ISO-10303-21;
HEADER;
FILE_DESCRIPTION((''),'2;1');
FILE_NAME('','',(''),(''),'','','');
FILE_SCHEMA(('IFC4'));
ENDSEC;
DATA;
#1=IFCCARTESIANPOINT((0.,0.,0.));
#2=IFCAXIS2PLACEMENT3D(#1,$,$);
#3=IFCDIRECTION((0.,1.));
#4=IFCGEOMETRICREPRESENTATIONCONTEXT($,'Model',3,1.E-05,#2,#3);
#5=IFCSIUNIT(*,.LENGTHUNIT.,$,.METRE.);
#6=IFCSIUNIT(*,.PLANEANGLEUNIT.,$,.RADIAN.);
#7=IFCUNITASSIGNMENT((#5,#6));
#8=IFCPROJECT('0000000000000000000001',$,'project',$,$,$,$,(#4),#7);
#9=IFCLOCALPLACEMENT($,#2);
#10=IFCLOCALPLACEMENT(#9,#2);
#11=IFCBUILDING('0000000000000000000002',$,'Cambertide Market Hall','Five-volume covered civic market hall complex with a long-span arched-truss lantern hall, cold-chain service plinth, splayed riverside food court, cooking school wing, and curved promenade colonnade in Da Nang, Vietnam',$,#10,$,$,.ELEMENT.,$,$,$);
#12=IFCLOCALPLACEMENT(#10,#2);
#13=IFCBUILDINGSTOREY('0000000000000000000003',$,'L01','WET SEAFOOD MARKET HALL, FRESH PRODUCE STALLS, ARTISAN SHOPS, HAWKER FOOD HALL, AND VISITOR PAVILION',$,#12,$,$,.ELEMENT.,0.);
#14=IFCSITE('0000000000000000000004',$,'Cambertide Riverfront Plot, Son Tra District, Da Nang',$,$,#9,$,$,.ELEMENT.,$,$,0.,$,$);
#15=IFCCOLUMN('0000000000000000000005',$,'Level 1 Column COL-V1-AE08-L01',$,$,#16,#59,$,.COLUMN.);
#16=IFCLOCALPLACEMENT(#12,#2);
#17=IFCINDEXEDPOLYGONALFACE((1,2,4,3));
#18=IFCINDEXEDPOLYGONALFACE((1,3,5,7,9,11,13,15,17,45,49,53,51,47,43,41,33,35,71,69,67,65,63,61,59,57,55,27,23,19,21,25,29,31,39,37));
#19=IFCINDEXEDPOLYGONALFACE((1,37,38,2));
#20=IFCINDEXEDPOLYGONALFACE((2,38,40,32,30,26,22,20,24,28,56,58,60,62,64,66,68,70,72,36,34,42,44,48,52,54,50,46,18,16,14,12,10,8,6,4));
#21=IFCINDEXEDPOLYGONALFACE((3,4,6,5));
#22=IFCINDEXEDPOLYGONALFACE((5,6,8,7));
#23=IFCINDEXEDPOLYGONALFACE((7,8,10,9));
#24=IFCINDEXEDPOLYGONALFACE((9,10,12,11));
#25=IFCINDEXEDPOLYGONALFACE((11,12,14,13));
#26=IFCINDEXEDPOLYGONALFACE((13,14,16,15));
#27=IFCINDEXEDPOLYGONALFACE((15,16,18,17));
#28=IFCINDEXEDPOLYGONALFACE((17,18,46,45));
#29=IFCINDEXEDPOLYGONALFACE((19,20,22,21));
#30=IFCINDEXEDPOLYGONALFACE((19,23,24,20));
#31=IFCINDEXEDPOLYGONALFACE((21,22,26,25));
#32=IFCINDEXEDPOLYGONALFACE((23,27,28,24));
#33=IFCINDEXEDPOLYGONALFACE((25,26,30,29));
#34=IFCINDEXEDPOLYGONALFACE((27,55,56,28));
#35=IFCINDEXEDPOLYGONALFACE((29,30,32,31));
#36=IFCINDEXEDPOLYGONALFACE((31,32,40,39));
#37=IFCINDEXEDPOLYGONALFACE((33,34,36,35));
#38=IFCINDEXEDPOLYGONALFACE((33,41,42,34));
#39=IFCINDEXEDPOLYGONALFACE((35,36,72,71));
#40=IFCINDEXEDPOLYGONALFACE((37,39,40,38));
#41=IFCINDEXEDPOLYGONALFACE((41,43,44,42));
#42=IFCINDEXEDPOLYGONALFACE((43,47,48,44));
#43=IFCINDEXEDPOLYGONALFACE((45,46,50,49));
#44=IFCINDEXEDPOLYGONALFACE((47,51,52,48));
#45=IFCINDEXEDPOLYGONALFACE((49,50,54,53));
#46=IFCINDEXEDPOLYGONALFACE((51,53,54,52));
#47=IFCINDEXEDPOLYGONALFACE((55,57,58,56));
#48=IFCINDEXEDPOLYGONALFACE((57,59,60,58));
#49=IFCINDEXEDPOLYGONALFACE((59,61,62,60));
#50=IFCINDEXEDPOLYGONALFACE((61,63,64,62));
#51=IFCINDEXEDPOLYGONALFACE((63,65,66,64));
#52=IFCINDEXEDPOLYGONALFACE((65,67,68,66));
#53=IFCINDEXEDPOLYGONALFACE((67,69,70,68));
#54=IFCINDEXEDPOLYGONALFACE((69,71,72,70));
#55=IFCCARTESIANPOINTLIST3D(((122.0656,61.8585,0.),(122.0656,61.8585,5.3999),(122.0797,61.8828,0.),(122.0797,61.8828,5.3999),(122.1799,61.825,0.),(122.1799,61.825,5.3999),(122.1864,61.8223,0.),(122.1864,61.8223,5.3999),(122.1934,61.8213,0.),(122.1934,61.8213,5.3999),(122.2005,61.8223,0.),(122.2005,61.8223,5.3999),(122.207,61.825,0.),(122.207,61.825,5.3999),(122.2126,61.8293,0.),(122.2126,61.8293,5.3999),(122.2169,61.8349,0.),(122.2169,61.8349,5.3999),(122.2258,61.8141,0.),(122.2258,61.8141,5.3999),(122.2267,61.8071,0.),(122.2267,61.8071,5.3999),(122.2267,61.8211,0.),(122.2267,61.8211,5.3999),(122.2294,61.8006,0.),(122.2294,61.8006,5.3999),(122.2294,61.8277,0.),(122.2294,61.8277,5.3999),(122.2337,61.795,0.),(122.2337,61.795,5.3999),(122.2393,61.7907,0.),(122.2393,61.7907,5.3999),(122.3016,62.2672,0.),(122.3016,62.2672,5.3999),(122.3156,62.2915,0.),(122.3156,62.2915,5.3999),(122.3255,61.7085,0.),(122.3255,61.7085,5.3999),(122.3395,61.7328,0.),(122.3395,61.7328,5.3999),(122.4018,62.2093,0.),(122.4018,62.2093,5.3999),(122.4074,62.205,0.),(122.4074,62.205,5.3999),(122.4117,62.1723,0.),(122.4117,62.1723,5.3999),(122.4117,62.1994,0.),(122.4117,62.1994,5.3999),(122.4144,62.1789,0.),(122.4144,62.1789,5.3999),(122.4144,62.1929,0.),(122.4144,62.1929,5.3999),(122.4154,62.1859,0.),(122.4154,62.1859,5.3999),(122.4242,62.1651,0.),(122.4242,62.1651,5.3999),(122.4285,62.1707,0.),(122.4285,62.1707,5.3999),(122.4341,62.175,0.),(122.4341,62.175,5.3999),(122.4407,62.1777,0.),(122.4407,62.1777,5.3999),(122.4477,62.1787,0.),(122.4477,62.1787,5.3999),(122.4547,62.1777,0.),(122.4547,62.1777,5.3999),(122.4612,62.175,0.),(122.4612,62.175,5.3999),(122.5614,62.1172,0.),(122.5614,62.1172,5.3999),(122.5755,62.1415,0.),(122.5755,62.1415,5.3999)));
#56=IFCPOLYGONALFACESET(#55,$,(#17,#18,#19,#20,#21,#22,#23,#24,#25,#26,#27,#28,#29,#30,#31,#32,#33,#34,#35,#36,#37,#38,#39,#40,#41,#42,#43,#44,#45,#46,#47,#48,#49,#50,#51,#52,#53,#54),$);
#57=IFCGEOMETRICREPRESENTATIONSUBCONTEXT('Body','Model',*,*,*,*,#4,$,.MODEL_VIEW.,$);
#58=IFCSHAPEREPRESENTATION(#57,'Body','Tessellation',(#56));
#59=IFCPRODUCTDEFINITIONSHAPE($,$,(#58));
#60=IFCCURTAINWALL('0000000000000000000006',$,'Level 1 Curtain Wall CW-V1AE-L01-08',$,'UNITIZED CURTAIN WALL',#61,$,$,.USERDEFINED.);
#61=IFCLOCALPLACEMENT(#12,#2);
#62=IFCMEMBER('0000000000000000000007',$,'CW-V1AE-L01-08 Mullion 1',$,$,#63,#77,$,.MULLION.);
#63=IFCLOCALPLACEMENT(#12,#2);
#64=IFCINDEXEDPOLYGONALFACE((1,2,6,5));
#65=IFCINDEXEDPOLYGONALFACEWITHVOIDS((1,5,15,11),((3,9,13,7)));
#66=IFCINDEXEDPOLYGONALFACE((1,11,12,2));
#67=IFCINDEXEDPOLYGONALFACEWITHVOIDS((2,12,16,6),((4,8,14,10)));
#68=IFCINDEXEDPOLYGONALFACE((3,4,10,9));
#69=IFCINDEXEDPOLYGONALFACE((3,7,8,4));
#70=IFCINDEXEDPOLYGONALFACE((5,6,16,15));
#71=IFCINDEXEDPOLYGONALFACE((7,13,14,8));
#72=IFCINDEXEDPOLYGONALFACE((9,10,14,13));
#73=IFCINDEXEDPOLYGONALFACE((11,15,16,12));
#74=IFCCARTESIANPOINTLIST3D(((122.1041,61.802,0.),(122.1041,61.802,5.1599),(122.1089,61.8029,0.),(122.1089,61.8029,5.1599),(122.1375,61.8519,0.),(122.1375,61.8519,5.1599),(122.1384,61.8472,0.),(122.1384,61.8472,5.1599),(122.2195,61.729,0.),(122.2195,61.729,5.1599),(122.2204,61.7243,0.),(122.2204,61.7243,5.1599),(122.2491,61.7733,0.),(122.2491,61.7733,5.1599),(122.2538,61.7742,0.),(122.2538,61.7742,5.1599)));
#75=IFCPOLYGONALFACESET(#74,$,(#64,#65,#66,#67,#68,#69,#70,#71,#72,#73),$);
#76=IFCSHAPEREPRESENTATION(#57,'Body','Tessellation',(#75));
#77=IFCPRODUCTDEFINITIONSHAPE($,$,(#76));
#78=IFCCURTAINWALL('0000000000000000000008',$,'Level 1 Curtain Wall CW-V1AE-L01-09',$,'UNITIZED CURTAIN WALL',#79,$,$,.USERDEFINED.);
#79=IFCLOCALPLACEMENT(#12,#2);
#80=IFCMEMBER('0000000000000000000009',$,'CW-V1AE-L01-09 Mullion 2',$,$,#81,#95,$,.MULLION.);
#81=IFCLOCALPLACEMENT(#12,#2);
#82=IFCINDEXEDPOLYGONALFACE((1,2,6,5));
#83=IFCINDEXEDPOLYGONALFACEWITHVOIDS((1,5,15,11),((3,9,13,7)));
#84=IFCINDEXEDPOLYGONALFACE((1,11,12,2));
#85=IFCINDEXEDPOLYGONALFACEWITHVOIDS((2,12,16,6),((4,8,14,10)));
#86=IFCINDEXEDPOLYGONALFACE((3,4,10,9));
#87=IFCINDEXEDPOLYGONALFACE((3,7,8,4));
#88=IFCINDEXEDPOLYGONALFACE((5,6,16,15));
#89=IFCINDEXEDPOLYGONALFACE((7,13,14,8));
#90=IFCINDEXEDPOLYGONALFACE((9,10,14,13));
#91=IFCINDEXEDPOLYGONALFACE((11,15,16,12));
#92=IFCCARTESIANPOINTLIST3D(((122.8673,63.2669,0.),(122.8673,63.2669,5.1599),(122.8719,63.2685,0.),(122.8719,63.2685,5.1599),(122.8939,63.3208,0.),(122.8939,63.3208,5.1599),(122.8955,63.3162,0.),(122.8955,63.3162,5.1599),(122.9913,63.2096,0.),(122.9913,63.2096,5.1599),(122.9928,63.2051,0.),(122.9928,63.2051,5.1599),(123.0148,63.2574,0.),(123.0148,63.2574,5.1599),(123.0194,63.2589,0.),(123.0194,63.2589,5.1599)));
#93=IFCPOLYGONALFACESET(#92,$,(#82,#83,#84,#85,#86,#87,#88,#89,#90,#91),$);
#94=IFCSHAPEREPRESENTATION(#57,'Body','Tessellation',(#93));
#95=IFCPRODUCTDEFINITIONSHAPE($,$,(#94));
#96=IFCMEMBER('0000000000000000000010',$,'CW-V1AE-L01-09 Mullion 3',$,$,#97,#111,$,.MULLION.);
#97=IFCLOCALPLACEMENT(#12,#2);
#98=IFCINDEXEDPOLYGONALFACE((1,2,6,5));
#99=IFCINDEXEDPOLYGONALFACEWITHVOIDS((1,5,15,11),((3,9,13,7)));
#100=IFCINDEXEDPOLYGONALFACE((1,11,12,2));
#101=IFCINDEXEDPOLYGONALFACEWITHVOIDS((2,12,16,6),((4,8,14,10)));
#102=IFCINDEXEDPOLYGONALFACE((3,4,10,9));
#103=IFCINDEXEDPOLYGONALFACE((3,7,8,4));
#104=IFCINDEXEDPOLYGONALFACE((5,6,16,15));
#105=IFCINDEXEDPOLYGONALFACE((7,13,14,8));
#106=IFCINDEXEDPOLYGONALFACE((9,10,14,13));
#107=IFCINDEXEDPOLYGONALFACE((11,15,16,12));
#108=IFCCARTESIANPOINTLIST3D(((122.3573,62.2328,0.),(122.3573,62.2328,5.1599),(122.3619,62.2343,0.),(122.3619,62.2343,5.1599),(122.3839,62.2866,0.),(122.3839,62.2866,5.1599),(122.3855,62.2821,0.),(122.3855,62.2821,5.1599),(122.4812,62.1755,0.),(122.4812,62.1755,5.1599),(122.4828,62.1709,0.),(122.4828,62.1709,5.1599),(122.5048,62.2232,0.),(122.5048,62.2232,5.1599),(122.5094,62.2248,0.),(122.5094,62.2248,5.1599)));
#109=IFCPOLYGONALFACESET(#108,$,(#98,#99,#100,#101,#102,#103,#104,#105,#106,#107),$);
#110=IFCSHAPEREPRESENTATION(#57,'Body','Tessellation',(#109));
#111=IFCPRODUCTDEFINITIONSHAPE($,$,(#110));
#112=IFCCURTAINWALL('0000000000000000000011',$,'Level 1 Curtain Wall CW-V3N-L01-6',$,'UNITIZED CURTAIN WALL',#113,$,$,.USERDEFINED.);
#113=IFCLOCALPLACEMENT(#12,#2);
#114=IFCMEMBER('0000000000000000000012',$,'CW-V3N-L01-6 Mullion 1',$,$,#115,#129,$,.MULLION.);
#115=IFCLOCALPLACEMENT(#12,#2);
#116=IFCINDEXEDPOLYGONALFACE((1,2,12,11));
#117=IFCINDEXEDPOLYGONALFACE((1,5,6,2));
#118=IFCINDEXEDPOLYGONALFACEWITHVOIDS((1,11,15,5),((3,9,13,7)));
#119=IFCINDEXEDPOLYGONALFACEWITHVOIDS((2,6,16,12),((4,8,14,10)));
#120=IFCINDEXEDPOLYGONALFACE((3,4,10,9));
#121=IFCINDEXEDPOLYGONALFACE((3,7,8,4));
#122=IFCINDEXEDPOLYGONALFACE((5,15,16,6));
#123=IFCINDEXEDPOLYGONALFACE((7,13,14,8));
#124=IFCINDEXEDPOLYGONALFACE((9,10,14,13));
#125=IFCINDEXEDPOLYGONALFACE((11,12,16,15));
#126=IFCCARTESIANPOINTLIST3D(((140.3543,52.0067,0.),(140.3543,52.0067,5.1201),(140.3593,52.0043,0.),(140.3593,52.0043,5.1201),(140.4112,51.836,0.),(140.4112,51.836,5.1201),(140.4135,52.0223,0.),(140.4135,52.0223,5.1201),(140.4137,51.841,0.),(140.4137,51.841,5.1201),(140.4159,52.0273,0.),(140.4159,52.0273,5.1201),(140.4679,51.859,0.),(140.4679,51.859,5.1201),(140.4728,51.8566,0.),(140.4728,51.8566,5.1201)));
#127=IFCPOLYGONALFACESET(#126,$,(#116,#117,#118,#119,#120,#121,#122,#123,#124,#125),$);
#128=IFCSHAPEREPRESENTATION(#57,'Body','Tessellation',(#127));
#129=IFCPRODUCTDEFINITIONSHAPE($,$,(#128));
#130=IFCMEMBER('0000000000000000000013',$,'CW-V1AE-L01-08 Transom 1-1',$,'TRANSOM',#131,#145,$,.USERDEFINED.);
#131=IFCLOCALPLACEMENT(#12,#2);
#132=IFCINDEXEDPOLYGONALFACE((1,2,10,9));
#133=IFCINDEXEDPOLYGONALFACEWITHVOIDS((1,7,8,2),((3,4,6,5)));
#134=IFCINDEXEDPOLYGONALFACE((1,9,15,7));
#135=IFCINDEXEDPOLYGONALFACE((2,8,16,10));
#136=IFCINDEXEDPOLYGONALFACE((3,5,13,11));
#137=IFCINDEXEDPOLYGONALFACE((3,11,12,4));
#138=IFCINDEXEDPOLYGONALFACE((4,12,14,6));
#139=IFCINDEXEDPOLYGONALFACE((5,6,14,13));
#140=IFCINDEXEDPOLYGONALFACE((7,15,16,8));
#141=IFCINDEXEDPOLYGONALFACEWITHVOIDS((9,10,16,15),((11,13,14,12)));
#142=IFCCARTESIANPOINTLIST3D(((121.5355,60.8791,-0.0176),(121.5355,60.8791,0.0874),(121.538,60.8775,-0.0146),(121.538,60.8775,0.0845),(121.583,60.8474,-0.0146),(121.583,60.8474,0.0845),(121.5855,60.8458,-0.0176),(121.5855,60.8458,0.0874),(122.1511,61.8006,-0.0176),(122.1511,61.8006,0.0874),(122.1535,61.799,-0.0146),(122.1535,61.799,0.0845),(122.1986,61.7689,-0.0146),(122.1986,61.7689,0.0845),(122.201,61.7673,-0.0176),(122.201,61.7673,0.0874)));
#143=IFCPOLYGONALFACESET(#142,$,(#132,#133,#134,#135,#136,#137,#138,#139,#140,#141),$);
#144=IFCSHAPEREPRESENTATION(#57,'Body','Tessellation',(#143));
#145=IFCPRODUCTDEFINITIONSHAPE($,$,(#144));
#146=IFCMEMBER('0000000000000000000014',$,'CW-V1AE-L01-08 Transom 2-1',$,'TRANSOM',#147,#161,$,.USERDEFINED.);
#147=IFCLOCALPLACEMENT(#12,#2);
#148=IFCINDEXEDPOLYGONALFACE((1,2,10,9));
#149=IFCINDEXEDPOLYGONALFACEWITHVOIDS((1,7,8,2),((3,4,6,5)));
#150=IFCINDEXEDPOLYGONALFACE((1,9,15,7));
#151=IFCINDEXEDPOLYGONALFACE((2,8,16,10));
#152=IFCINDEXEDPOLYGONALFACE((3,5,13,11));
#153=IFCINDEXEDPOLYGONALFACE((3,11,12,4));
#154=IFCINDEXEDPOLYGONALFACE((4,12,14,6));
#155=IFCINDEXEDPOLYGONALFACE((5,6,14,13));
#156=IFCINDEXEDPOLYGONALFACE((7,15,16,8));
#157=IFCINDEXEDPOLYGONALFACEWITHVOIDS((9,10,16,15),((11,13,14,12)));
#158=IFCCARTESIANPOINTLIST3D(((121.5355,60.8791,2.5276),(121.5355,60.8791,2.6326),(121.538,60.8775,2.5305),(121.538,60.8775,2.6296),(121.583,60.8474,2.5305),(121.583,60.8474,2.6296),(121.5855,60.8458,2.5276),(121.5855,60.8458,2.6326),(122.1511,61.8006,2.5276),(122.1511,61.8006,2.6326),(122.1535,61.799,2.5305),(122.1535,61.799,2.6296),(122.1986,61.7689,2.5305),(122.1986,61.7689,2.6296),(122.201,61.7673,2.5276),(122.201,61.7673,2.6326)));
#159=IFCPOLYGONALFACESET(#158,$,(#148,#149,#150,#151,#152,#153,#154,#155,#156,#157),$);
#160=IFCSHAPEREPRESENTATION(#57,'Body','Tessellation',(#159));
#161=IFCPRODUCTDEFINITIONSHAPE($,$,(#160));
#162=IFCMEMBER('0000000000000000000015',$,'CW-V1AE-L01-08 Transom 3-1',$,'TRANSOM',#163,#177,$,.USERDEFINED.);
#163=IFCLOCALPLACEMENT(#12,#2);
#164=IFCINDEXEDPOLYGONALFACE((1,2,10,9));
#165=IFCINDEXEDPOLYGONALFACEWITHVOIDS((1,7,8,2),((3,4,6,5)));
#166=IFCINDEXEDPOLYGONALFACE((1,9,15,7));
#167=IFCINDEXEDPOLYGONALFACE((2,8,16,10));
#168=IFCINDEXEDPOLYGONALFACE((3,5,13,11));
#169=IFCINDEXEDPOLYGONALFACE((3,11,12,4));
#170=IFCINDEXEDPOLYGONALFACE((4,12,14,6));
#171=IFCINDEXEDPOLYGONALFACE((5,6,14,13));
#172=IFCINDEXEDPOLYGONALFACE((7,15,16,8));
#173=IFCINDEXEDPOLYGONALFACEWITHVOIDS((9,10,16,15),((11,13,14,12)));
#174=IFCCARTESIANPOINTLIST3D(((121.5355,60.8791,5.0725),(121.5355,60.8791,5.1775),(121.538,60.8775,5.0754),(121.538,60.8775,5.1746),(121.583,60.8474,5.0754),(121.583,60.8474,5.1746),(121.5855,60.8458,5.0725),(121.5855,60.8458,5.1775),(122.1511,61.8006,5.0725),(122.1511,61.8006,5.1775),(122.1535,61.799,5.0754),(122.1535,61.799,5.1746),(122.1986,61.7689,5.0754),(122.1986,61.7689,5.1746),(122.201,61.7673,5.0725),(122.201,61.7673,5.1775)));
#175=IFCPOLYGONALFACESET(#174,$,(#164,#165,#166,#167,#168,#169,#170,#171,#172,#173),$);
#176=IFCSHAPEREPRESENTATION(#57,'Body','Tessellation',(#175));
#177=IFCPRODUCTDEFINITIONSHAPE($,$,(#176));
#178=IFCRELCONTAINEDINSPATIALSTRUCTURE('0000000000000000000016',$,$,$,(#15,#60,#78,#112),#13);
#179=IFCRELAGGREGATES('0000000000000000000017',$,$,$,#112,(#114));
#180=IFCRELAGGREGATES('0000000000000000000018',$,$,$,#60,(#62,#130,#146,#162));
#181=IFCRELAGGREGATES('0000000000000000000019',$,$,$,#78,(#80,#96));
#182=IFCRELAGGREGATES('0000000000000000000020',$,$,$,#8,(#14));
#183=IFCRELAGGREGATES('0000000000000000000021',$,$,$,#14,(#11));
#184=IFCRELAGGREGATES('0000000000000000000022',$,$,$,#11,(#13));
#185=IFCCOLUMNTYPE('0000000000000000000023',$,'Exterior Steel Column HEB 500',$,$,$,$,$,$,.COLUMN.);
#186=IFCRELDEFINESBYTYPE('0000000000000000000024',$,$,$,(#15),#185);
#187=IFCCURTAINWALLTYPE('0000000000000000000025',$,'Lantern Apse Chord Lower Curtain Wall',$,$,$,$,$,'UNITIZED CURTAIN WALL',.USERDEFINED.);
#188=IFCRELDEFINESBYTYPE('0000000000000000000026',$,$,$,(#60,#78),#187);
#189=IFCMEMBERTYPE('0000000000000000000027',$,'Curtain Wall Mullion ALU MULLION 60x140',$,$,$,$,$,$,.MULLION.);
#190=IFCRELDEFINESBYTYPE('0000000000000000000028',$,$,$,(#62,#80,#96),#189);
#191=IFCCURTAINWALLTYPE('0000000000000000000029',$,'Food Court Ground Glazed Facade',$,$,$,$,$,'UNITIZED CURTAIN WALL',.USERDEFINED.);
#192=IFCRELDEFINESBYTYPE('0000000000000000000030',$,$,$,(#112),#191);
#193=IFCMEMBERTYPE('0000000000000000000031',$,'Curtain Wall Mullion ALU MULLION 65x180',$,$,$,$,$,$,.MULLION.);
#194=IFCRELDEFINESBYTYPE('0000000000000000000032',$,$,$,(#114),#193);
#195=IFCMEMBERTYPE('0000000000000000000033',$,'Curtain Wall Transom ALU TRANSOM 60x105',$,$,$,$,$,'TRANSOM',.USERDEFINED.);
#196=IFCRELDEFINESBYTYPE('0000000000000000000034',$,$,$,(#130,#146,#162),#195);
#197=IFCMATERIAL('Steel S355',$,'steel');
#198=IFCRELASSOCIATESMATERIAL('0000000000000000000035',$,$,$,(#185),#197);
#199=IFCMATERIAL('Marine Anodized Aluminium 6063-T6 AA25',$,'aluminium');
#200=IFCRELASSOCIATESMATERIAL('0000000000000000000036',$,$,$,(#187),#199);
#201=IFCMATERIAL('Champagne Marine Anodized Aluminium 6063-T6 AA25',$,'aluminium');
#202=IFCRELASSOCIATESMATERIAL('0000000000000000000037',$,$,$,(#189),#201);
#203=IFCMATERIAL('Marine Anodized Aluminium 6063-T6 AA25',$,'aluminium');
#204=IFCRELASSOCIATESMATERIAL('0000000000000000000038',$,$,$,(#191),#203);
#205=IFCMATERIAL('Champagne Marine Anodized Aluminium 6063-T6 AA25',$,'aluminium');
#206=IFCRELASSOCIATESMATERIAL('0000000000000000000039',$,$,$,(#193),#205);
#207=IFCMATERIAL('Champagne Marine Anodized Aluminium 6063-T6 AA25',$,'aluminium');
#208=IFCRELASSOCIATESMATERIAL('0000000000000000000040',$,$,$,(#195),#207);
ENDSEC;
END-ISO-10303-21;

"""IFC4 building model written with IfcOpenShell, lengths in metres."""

from ifc_helpers import new_model, si_unit, direction, frame, origin, origin_2d, place, context, subcontext, project, spatial, hollow_rectangle, i_section, extrude, material, material_profile, profile_set, type_object, element, aggregate, save


model = new_model("IFC4")

# Units and contexts
model_context = context("Model", 3, precision=1e-05, world=origin(), true_north=direction((0.0, 1.0)))
body_context = subcontext(model_context, "Body", "Model", "MODEL_VIEW")
ifc_project = project(units=[si_unit("LENGTHUNIT", "METRE"), si_unit("PLANEANGLEUNIT", "RADIAN")], contexts=[model_context])

# Site, building, storey
site_placement = place(None, origin())
site = spatial("IfcSite", under=ifc_project, at=site_placement, Name="Cambertide Riverfront Plot, Son Tra District, Da Nang", CompositionType="ELEMENT", RefElevation=0.0)
building_placement = place(site_placement, origin())
building = spatial("IfcBuilding", under=site, at=building_placement, Name="Cambertide Market Hall", Description="Five-volume covered civic market hall complex with a long-span arched-truss lantern hall, cold-chain service plinth, splayed riverside food court, cooking school wing, and curved promenade colonnade in Da Nang, Vietnam", CompositionType="ELEMENT")
storey_placement = place(building_placement, origin())
storey = spatial("IfcBuildingStorey", under=building, at=storey_placement, Name="L01", Description="WET SEAFOOD MARKET HALL, FRESH PRODUCE STALLS, ARTISAN SHOPS, HAWKER FOOD HALL, AND VISITOR PAVILION", CompositionType="ELEMENT", Elevation=0.0)

# Column
ifc_material_1 = material(Name="Steel S355", Category="steel")
ifc_material_profile_1 = material_profile(ifc_material_1, i_section(OverallWidth=0.3, OverallDepth=0.5, WebThickness=0.0144, FlangeThickness=0.0281, FilletRadius=0.0271, at=origin_2d()), Name="HEB 500")
ifc_profile_set_1 = profile_set([ifc_material_profile_1], Name="Steel S355")
column_type = type_object("IfcColumnType", Name="Exterior Steel Column HEB 500", PredefinedType="COLUMN", material=ifc_profile_set_1)
column_placement = place(storey_placement, frame((122.3206, 62.0, 0.0), z_axis=(0.0, 0.0, 1.0), x_axis=(0.866025, -0.5, 0.0)))
element("IfcColumn", 1, at=column_placement, inside=storey, type_object=column_type, Name="Level 1 Column COL-V1-AE08-L01", PredefinedType="COLUMN", context=body_context, shape_type="SweptSolid", body=[
    extrude(i_section(OverallWidth=0.3, OverallDepth=0.5, WebThickness=0.0144, FlangeThickness=0.0281, FilletRadius=0.0271, at=origin_2d()), origin(), (0.0, 0.0, 1.0), 5.3999),
])

# Curtain wall, member
ifc_material_2 = material(Name="Marine Anodized Aluminium 6063-T6 AA25", Category="aluminium")
curtain_wall_type_1 = type_object("IfcCurtainWallType", Name="Lantern Apse Chord Lower Curtain Wall", ElementType="UNITIZED CURTAIN WALL", PredefinedType="USERDEFINED", material=ifc_material_2)
curtain_wall_1_placement = place(storey_placement, origin())
curtain_wall_1 = element("IfcCurtainWall", 2, at=curtain_wall_1_placement, inside=storey, type_object=curtain_wall_type_1, Name="Level 1 Curtain Wall CW-V1AE-L01-08", ObjectType="UNITIZED CURTAIN WALL", PredefinedType="USERDEFINED")
ifc_material_3 = material(Name="Champagne Marine Anodized Aluminium 6063-T6 AA25", Category="aluminium")
ifc_material_profile_2 = material_profile(ifc_material_3, hollow_rectangle(XDim=0.0601, YDim=0.1399, WallThickness=0.0034, at=origin_2d()), Name="ALU MULLION 60x140")
ifc_profile_set_2 = profile_set([ifc_material_profile_2], Name="Champagne Marine Anodized Aluminium 6063-T6 AA25")
member_type_1 = type_object("IfcMemberType", Name="Curtain Wall Mullion ALU MULLION 60x140", PredefinedType="MULLION", material=ifc_profile_set_2)
member_1_placement = place(storey_placement, frame((122.179, 61.7881, 0.0), z_axis=(0.0, 0.0, 1.0), x_axis=(-0.55557, -0.83147, 0.0)))
member_1 = element("IfcMember", 3, at=member_1_placement, type_object=member_type_1, Name="CW-V1AE-L01-08 Mullion 1", PredefinedType="MULLION", context=body_context, shape_type="SweptSolid", body=[
    extrude(hollow_rectangle(XDim=0.0601, YDim=0.1399, WallThickness=0.0034, at=origin_2d()), origin(), (0.0, 0.0, 1.0), 5.1599),
])

# Curtain wall, members
curtain_wall_2_placement = place(storey_placement, origin())
curtain_wall_2 = element("IfcCurtainWall", 4, at=curtain_wall_2_placement, inside=storey, type_object=curtain_wall_type_1, Name="Level 1 Curtain Wall CW-V1AE-L01-09", ObjectType="UNITIZED CURTAIN WALL", PredefinedType="USERDEFINED")
member_2_placement = place(storey_placement, frame((122.9434, 63.2629, 0.0), z_axis=(0.0, 0.0, 1.0), x_axis=(-0.442289, -0.896873, 0.0)))
member_2 = element("IfcMember", 5, at=member_2_placement, type_object=member_type_1, Name="CW-V1AE-L01-09 Mullion 2", PredefinedType="MULLION", context=body_context, shape_type="SweptSolid", body=[
    extrude(hollow_rectangle(XDim=0.0601, YDim=0.1399, WallThickness=0.0034, at=origin_2d()), origin(), (0.0, 0.0, 1.0), 5.1599),
])
member_3_placement = place(storey_placement, frame((122.4333, 62.2288, 0.0), z_axis=(0.0, 0.0, 1.0), x_axis=(-0.442289, -0.896873, 0.0)))
member_3 = element("IfcMember", 6, at=member_3_placement, type_object=member_type_1, Name="CW-V1AE-L01-09 Mullion 3", PredefinedType="MULLION", context=body_context, shape_type="SweptSolid", body=[
    extrude(hollow_rectangle(XDim=0.0601, YDim=0.1399, WallThickness=0.0034, at=origin_2d()), origin(), (0.0, 0.0, 1.0), 5.1599),
])

# Curtain wall, member
ifc_material_4 = material(Name="Marine Anodized Aluminium 6063-T6 AA25", Category="aluminium")
curtain_wall_type_2 = type_object("IfcCurtainWallType", Name="Food Court Ground Glazed Facade", ElementType="UNITIZED CURTAIN WALL", PredefinedType="USERDEFINED", material=ifc_material_4)
curtain_wall_3_placement = place(storey_placement, origin())
curtain_wall_3 = element("IfcCurtainWall", 7, at=curtain_wall_3_placement, inside=storey, type_object=curtain_wall_type_2, Name="Level 1 Curtain Wall CW-V3N-L01-6", ObjectType="UNITIZED CURTAIN WALL", PredefinedType="USERDEFINED")
ifc_material_5 = material(Name="Champagne Marine Anodized Aluminium 6063-T6 AA25", Category="aluminium")
ifc_material_profile_3 = material_profile(ifc_material_5, hollow_rectangle(XDim=0.0649, YDim=0.1799, WallThickness=0.0039, at=origin_2d()), Name="ALU MULLION 65x180")
ifc_profile_set_3 = profile_set([ifc_material_profile_3], Name="Champagne Marine Anodized Aluminium 6063-T6 AA25")
member_type_2 = type_object("IfcMemberType", Name="Curtain Wall Mullion ALU MULLION 65x180", PredefinedType="MULLION", material=ifc_profile_set_3)
member_4_placement = place(storey_placement, frame((140.4136, 51.9316, 0.0), z_axis=(0.0, 0.0, 1.0), x_axis=(0.948683, 0.316228, 0.0)))
member_4 = element("IfcMember", 8, at=member_4_placement, type_object=member_type_2, Name="CW-V3N-L01-6 Mullion 1", PredefinedType="MULLION", context=body_context, shape_type="SweptSolid", body=[
    extrude(hollow_rectangle(XDim=0.0649, YDim=0.1799, WallThickness=0.0039, at=origin_2d()), origin(), (0.0, 0.0, 1.0), 5.1201),
])

# Members
ifc_material_6 = material(Name="Champagne Marine Anodized Aluminium 6063-T6 AA25", Category="aluminium")
ifc_material_profile_4 = material_profile(ifc_material_6, hollow_rectangle(XDim=0.0601, YDim=0.105, WallThickness=0.0029, at=origin_2d()), Name="ALU TRANSOM 60x105")
ifc_profile_set_4 = profile_set([ifc_material_profile_4], Name="Champagne Marine Anodized Aluminium 6063-T6 AA25")
member_type_3 = type_object("IfcMemberType", Name="Curtain Wall Transom ALU TRANSOM 60x105", ElementType="TRANSOM", PredefinedType="USERDEFINED", material=ifc_profile_set_4)
member_5_placement = place(storey_placement, frame((122.176, 61.7839, 0.0349), z_axis=(-0.555463, -0.831541, 0.0), x_axis=(0.831541, -0.555463, 0.0)))
member_5 = element("IfcMember", 9, at=member_5_placement, type_object=member_type_3, Name="CW-V1AE-L01-08 Transom 1-1", ObjectType="TRANSOM", PredefinedType="USERDEFINED", context=body_context, shape_type="SweptSolid", body=[
    extrude(hollow_rectangle(XDim=0.0601, YDim=0.105, WallThickness=0.0029, at=origin_2d()), origin(), (0.0, 0.0, 1.0), 1.1082),
])
member_6_placement = place(storey_placement, frame((122.176, 61.7839, 2.5801), z_axis=(-0.555463, -0.831541, 0.0), x_axis=(0.831541, -0.555463, 0.0)))
member_6 = element("IfcMember", 10, at=member_6_placement, type_object=member_type_3, Name="CW-V1AE-L01-08 Transom 2-1", ObjectType="TRANSOM", PredefinedType="USERDEFINED", context=body_context, shape_type="SweptSolid", body=[
    extrude(hollow_rectangle(XDim=0.0601, YDim=0.105, WallThickness=0.0029, at=origin_2d()), origin(), (0.0, 0.0, 1.0), 1.1082),
])
member_7_placement = place(storey_placement, frame((122.176, 61.7839, 5.125), z_axis=(-0.555463, -0.831541, 0.0), x_axis=(0.831541, -0.555463, 0.0)))
member_7 = element("IfcMember", 11, at=member_7_placement, type_object=member_type_3, Name="CW-V1AE-L01-08 Transom 3-1", ObjectType="TRANSOM", PredefinedType="USERDEFINED", context=body_context, shape_type="SweptSolid", body=[
    extrude(hollow_rectangle(XDim=0.0601, YDim=0.105, WallThickness=0.0029, at=origin_2d()), origin(), (0.0, 0.0, 1.0), 1.1082),
])
aggregate(curtain_wall_3, [member_4])

aggregate(curtain_wall_1, [member_1, member_5, member_6, member_7])
aggregate(curtain_wall_2, [member_2, member_3])

save(model, "model.ifc")
